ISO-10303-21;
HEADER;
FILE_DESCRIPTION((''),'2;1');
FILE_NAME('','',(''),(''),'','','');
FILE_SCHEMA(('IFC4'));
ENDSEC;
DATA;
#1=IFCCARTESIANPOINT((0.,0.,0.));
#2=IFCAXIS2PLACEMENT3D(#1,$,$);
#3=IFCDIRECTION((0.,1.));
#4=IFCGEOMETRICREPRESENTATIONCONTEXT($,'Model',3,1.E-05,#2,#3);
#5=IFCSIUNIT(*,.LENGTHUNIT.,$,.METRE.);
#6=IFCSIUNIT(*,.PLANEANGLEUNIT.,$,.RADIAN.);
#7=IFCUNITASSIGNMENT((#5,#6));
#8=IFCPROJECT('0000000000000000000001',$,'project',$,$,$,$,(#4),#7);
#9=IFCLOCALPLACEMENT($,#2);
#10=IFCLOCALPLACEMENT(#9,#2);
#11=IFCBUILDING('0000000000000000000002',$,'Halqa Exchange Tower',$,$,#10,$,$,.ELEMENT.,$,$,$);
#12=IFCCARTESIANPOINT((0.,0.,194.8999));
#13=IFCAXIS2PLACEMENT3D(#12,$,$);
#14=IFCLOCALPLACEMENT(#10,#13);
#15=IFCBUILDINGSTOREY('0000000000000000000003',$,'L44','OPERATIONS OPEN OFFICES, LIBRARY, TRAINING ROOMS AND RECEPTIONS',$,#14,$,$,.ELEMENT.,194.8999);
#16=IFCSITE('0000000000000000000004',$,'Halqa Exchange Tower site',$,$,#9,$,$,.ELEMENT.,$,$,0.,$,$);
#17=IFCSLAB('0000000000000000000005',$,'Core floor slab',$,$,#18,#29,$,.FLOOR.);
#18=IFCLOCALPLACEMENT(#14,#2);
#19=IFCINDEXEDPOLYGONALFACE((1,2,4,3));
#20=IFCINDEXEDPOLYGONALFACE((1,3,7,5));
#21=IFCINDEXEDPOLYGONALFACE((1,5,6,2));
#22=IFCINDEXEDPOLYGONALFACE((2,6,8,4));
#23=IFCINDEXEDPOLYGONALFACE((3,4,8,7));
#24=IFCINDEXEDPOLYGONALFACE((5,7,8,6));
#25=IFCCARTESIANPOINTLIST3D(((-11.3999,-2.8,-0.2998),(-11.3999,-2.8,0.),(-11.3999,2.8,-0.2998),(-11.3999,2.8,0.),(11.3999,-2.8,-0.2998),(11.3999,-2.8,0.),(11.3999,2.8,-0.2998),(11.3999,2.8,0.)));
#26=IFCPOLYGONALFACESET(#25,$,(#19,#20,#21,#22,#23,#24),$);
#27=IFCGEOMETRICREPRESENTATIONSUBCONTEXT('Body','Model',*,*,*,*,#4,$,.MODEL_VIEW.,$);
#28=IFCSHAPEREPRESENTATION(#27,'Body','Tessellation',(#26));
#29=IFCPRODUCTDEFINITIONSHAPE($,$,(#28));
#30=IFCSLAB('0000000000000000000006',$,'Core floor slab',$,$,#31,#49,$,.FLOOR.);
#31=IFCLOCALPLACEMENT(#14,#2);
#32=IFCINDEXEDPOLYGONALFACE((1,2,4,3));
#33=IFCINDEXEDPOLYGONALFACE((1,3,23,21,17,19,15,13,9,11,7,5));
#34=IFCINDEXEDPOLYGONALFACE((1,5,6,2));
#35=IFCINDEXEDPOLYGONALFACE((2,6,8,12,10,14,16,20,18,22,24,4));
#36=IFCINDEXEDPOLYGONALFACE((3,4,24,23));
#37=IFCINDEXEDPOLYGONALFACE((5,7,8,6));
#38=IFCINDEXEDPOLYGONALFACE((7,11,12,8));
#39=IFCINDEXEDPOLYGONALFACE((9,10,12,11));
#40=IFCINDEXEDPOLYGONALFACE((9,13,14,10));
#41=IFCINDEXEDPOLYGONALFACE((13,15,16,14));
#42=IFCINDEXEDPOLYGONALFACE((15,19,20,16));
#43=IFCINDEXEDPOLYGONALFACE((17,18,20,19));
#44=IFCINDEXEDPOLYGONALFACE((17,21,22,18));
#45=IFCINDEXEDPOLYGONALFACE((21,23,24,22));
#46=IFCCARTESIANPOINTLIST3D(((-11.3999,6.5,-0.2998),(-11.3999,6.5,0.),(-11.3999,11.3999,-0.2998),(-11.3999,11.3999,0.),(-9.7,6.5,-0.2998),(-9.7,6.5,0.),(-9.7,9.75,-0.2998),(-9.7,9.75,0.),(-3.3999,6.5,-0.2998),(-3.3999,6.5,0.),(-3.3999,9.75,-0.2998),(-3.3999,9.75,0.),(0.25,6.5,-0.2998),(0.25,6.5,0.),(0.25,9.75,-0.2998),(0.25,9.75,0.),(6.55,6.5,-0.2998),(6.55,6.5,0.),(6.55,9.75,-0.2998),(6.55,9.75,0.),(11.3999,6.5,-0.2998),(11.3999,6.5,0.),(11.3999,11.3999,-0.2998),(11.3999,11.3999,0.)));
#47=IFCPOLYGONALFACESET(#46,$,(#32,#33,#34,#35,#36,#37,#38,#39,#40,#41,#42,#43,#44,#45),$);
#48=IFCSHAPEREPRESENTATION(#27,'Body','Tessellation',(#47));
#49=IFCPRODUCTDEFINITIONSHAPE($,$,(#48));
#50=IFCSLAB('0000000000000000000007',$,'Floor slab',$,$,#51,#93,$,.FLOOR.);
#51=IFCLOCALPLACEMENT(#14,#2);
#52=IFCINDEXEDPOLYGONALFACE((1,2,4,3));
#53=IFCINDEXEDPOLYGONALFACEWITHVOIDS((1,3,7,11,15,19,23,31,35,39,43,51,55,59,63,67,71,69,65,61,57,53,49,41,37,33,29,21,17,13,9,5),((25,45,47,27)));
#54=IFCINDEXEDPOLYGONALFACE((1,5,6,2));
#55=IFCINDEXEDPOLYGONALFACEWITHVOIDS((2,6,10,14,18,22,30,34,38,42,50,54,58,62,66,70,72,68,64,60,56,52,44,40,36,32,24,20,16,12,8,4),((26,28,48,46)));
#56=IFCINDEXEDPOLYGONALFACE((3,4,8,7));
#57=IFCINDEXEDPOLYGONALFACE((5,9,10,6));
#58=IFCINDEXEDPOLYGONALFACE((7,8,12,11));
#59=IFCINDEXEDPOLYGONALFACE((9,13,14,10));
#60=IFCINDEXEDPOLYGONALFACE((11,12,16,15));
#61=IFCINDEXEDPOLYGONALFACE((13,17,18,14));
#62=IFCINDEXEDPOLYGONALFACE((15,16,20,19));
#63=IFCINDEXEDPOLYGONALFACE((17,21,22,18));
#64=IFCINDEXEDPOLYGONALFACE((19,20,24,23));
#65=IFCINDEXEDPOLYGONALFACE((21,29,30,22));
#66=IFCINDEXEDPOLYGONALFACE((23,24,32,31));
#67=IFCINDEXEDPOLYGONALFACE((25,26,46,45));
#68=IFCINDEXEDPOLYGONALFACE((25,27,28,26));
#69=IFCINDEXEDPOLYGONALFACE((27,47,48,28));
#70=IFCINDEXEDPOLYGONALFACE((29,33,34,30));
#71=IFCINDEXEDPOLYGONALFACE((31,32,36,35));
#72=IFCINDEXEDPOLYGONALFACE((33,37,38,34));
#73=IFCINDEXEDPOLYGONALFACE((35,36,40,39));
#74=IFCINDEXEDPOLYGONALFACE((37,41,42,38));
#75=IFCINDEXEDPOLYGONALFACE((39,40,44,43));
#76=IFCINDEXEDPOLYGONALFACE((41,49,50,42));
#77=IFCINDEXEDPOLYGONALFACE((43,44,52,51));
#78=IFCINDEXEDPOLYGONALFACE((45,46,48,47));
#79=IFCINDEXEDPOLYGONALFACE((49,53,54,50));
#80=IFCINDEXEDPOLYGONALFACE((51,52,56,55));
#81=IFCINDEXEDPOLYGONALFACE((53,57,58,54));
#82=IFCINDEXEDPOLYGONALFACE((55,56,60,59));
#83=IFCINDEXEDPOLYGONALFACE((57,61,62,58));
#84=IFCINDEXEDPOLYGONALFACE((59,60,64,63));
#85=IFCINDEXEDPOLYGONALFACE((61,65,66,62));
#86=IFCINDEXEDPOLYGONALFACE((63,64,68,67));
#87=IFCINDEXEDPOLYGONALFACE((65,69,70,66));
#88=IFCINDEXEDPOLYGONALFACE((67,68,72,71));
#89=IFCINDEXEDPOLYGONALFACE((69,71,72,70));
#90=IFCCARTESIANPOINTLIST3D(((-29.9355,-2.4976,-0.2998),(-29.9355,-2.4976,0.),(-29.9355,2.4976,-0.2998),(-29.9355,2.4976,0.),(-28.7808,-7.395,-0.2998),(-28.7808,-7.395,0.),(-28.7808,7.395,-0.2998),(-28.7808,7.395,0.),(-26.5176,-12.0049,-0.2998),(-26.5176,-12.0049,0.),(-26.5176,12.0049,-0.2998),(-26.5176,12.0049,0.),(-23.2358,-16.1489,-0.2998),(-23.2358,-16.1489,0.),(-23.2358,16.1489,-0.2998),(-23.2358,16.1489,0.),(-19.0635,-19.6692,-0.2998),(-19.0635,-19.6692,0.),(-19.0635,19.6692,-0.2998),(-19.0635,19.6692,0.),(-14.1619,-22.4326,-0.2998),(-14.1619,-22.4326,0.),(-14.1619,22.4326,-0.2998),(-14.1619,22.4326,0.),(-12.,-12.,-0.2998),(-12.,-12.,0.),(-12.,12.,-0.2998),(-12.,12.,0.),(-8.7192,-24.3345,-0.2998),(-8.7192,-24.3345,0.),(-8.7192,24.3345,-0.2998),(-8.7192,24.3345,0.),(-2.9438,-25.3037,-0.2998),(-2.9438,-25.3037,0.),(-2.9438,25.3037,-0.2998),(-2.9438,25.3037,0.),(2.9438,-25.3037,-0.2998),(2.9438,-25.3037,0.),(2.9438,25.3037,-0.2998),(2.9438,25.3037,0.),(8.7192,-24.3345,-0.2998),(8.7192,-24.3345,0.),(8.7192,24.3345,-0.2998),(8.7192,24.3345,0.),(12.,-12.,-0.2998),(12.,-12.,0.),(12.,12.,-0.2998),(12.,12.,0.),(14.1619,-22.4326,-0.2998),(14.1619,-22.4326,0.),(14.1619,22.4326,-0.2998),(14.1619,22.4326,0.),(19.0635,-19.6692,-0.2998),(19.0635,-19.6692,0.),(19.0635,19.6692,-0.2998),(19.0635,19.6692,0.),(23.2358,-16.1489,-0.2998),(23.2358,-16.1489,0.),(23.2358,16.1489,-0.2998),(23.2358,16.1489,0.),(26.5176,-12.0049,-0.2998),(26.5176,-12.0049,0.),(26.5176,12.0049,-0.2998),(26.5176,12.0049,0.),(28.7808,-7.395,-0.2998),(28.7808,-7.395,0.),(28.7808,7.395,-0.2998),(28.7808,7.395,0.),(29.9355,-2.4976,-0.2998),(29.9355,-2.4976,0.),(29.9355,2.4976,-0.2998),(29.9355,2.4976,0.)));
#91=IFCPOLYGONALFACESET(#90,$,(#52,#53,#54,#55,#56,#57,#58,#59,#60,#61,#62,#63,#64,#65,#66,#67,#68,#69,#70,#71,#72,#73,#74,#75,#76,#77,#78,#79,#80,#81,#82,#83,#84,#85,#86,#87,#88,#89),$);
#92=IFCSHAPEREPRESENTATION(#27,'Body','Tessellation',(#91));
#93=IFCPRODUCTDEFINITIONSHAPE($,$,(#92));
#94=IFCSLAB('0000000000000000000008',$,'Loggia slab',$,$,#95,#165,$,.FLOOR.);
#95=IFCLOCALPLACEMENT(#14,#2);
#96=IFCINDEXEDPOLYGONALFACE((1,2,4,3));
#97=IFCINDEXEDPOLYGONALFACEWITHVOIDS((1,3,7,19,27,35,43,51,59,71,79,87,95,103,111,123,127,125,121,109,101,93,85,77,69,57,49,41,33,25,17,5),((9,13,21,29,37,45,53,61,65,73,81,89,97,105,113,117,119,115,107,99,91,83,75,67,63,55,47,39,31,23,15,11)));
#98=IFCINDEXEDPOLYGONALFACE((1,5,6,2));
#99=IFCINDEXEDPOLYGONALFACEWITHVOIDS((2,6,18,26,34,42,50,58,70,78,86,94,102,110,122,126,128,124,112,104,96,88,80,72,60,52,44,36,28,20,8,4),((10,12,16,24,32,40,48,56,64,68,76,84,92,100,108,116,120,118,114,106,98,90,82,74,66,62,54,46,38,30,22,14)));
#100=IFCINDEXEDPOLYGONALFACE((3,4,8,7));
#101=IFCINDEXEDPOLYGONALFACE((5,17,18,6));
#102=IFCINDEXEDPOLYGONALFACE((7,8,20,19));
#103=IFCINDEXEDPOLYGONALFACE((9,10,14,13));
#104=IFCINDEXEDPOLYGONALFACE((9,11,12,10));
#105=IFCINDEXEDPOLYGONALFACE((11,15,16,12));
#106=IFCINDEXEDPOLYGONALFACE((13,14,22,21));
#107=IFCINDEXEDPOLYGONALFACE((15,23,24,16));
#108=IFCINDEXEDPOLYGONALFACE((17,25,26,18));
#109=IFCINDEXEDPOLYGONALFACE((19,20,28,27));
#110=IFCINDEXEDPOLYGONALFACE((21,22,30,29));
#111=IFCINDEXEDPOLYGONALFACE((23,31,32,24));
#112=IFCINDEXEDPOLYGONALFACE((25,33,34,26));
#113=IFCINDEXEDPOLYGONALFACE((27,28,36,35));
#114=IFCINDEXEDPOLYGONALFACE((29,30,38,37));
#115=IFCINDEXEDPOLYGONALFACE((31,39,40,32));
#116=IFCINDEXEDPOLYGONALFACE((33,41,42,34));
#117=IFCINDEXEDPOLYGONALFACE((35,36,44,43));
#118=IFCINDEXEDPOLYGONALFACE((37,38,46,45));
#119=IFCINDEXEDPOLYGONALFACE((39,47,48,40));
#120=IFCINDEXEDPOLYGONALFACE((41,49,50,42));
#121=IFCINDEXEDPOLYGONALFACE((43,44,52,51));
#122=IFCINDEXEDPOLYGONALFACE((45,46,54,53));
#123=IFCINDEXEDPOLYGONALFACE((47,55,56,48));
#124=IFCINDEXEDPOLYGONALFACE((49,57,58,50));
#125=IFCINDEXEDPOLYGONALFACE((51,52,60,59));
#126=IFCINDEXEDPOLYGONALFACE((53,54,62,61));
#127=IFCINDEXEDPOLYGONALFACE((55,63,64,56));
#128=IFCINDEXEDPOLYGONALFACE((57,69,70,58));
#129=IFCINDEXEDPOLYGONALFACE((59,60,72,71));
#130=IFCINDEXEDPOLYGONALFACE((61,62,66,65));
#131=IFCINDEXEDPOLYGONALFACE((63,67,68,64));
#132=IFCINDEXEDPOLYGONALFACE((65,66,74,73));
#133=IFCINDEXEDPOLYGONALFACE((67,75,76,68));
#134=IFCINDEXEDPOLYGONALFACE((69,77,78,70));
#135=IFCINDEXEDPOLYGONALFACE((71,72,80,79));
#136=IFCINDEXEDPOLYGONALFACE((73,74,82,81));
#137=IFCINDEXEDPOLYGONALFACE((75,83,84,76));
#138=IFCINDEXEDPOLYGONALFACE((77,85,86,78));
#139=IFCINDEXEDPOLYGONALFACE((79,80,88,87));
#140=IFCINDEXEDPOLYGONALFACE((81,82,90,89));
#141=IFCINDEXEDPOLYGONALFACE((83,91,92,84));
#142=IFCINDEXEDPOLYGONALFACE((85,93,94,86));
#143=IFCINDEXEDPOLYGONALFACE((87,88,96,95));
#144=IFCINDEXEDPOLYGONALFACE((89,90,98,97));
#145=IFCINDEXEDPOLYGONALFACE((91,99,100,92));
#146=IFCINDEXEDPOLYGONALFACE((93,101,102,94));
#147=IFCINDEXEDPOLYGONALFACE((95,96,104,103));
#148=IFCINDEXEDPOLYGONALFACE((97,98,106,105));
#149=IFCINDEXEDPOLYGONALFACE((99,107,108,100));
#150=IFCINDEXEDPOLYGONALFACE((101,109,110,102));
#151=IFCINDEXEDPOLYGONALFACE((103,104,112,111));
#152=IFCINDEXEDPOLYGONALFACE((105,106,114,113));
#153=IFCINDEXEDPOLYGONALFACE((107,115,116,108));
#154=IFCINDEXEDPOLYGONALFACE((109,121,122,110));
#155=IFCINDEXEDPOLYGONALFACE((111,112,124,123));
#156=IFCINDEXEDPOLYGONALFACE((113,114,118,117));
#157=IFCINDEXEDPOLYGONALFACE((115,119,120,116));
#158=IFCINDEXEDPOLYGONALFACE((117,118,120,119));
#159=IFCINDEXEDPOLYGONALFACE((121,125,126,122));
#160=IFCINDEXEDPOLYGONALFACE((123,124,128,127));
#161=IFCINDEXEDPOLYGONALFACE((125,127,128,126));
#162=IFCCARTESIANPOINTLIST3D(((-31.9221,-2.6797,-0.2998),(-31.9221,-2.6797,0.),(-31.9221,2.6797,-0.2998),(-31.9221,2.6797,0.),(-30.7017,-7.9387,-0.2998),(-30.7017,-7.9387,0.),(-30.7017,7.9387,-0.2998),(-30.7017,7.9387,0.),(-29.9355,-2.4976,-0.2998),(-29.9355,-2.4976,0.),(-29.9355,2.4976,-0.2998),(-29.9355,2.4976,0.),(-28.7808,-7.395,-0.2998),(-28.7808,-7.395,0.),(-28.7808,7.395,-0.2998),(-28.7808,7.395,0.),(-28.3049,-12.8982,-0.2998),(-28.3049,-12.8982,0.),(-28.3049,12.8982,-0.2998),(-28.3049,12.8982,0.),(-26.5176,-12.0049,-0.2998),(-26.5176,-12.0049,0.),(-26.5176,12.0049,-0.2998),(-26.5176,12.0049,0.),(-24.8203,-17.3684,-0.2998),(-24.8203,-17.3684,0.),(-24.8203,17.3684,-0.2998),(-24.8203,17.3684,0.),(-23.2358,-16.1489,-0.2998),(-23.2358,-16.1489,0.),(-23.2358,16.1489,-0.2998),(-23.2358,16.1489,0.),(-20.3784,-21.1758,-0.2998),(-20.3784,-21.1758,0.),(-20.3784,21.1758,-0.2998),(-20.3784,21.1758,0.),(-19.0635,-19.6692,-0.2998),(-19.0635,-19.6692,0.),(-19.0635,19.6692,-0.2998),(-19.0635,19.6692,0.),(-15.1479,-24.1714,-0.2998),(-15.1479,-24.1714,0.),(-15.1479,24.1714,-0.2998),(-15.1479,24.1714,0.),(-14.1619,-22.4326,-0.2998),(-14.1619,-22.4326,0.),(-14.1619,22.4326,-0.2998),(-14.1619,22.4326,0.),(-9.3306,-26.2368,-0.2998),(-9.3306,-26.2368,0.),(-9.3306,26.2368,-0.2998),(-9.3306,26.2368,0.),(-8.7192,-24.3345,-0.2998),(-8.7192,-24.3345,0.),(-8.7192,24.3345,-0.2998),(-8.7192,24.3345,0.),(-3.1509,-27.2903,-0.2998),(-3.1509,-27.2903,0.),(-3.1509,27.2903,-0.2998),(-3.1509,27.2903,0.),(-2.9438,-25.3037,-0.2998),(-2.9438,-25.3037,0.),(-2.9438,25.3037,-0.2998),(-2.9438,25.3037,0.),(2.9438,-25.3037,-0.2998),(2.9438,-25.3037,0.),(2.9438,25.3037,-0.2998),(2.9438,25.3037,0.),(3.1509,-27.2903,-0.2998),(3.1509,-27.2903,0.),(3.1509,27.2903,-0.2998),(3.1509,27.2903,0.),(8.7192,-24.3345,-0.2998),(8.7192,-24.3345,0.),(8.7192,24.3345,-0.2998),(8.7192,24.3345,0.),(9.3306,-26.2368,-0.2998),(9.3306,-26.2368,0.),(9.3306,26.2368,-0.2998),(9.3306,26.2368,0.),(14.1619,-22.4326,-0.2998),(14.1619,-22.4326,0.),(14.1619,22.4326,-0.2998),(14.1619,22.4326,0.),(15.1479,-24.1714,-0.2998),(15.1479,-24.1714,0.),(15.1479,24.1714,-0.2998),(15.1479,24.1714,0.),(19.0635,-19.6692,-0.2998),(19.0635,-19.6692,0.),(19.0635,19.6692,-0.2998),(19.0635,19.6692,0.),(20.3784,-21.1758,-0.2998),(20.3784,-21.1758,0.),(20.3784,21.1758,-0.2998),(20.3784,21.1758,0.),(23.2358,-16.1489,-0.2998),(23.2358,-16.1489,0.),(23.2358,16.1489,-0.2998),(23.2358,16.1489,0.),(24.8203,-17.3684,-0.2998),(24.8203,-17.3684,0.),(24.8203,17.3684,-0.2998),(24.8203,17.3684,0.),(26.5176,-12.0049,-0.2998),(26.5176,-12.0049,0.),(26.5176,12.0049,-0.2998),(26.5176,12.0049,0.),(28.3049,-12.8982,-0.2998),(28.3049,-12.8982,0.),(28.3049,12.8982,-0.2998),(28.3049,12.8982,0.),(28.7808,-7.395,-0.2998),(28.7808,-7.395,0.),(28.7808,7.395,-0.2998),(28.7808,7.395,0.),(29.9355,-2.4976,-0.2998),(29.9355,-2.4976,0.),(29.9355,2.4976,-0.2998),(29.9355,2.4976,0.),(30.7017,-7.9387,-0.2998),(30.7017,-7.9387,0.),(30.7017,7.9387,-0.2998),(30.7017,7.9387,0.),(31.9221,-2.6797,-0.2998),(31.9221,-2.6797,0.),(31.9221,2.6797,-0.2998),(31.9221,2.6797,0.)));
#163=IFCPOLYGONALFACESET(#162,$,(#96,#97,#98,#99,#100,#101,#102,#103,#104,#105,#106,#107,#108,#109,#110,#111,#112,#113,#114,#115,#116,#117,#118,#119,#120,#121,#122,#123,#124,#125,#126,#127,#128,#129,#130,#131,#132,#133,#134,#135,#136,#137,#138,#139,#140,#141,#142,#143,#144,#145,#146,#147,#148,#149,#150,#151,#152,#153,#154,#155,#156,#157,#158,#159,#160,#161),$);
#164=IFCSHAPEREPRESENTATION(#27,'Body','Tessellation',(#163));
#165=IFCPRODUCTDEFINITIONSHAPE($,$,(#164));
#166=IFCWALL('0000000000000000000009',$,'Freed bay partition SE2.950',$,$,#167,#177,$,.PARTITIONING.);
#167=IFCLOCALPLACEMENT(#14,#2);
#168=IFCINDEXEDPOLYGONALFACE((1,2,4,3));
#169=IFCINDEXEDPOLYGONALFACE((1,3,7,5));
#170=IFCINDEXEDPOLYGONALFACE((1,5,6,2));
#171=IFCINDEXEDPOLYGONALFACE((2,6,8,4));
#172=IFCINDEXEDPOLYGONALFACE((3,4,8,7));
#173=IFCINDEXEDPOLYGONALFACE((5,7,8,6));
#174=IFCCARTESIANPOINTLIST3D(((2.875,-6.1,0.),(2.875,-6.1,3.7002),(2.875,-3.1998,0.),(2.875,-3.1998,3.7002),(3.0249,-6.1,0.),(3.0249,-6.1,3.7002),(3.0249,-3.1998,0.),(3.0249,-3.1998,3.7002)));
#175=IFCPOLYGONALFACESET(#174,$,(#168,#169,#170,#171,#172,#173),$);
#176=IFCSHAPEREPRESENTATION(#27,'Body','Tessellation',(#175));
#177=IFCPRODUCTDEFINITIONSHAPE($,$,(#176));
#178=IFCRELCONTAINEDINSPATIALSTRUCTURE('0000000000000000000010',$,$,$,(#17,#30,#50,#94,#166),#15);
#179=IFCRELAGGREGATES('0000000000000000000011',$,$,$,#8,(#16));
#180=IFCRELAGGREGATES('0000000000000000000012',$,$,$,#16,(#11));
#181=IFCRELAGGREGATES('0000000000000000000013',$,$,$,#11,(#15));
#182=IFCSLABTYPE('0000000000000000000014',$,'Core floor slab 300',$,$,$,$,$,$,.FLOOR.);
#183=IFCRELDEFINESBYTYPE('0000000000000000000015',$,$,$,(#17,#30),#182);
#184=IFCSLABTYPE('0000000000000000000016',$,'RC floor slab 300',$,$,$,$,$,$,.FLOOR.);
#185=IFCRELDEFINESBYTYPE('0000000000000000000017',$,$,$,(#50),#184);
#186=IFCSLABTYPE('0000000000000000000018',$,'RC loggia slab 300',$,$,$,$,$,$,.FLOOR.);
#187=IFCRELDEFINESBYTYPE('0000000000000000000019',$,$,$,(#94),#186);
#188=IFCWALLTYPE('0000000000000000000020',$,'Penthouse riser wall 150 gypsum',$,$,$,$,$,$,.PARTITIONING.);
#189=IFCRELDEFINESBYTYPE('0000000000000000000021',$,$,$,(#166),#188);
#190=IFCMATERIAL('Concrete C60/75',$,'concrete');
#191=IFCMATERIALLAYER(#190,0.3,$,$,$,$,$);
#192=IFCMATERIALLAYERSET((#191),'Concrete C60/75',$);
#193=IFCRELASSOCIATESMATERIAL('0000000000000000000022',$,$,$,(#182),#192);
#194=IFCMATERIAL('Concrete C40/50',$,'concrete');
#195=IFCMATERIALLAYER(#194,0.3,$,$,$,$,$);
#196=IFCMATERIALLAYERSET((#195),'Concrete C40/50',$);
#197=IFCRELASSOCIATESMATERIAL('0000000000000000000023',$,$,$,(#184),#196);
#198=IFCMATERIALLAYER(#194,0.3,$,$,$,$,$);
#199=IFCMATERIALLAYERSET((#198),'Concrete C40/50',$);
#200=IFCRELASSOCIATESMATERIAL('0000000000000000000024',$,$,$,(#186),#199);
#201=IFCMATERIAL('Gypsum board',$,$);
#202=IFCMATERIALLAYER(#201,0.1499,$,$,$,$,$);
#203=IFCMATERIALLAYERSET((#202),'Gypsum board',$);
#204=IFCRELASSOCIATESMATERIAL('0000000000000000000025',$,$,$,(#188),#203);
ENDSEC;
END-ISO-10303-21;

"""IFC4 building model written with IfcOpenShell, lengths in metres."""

from ifc_helpers import new_model, si_unit, direction, frame, frame_2d, origin, place, context, subcontext, project, spatial, polyline, rectangle, outline, extrude, material, layer, layer_set, type_object, element, save


model = new_model("IFC4")

# Units and contexts
model_context = context("Model", 3, precision=1e-05, world=origin(), true_north=direction((0.0, 1.0)))
body_context = subcontext(model_context, "Body", "Model", "MODEL_VIEW")
ifc_project = project(units=[si_unit("LENGTHUNIT", "METRE"), si_unit("PLANEANGLEUNIT", "RADIAN")], contexts=[model_context])

# Site, building, storey
site_placement = place(None, origin())
site = spatial("IfcSite", under=ifc_project, at=site_placement, Name="Halqa Exchange Tower site", CompositionType="ELEMENT", RefElevation=0.0)
building_placement = place(site_placement, origin())
building = spatial("IfcBuilding", under=site, at=building_placement, Name="Halqa Exchange Tower", CompositionType="ELEMENT")
storey_placement = place(building_placement, frame((0.0, 0.0, 194.8999)))
storey = spatial("IfcBuildingStorey", under=building, at=storey_placement, Name="L44", Description="OPERATIONS OPEN OFFICES, LIBRARY, TRAINING ROOMS AND RECEPTIONS", CompositionType="ELEMENT", Elevation=194.8999)

# Slabs
ifc_material_1 = material(Name="Concrete C60/75", Category="concrete")
ifc_layer_1 = layer(ifc_material_1, 0.3)
ifc_layer_set_1 = layer_set([ifc_layer_1], Name="Concrete C60/75")
slab_type_1 = type_object("IfcSlabType", Name="Core floor slab 300", PredefinedType="FLOOR", material=ifc_layer_set_1)
slab_1_placement = place(storey_placement, frame((0.0, 0.0, -0.2998)))
element("IfcSlab", 1, at=slab_1_placement, inside=storey, type_object=slab_type_1, Name="Core floor slab", PredefinedType="FLOOR", context=body_context, shape_type="SweptSolid", body=[
    extrude(outline(polyline([(-11.3999, 2.8), (11.3999, 2.8), (11.3999, -2.8), (-11.3999, -2.8), (-11.3999, 2.8)])), origin(), (0.0, 0.0, 1.0), 0.2998),
])
slab_2_placement = place(storey_placement, frame((0.0, 0.0, -0.2998)))
element("IfcSlab", 2, at=slab_2_placement, inside=storey, type_object=slab_type_1, Name="Core floor slab", PredefinedType="FLOOR", context=body_context, shape_type="SweptSolid", body=[
    extrude(outline(polyline([(-11.3999, 11.3999), (11.3999, 11.3999), (11.3999, 6.5), (6.55, 6.5), (6.55, 9.75), (0.25, 9.75), (0.25, 6.5), (-3.3999, 6.5), (-3.3999, 9.75), (-9.7, 9.75), (-9.7, 6.5), (-11.3999, 6.5), (-11.3999, 11.3999)])), origin(), (0.0, 0.0, 1.0), 0.2998),
])
ifc_material_2 = material(Name="Concrete C40/50", Category="concrete")
ifc_layer_2 = layer(ifc_material_2, 0.3)
ifc_layer_set_2 = layer_set([ifc_layer_2], Name="Concrete C40/50")
slab_type_2 = type_object("IfcSlabType", Name="RC floor slab 300", PredefinedType="FLOOR", material=ifc_layer_set_2)
slab_3_placement = place(storey_placement, frame((0.0, 0.0, -0.2998)))
element("IfcSlab", 3, at=slab_3_placement, inside=storey, type_object=slab_type_2, Name="Floor slab", PredefinedType="FLOOR", context=body_context, shape_type="SweptSolid", body=[
    extrude(outline(polyline([(29.9355, 2.4976), (28.7808, 7.395), (26.5176, 12.0049), (23.2358, 16.1489), (19.0635, 19.6692), (14.1619, 22.4326), (8.7192, 24.3345), (2.9438, 25.3037), (-2.9438, 25.3037), (-8.7192, 24.3345), (-14.1619, 22.4326), (-19.0635, 19.6692), (-23.2358, 16.1489), (-26.5176, 12.0049), (-28.7808, 7.395), (-29.9355, 2.4976), (-29.9355, -2.4976), (-28.7808, -7.395), (-26.5176, -12.0049), (-23.2358, -16.1489), (-19.0635, -19.6692), (-14.1619, -22.4326), (-8.7192, -24.3345), (-2.9438, -25.3037), (2.9438, -25.3037), (8.7192, -24.3345), (14.1619, -22.4326), (19.0635, -19.6692), (23.2358, -16.1489), (26.5176, -12.0049), (28.7808, -7.395), (29.9355, -2.4976), (29.9355, 2.4976)]), holes=[polyline([(-12.0, -12.0), (12.0, -12.0), (12.0, 12.0), (-12.0, 12.0), (-12.0, -12.0)])]), origin(), (0.0, 0.0, 1.0), 0.2998),
])
ifc_layer_3 = layer(ifc_material_2, 0.3)
ifc_layer_set_3 = layer_set([ifc_layer_3], Name="Concrete C40/50")
slab_type_3 = type_object("IfcSlabType", Name="RC loggia slab 300", PredefinedType="FLOOR", material=ifc_layer_set_3)
slab_4_placement = place(storey_placement, frame((0.0, 0.0, -0.2998)))
element("IfcSlab", 4, at=slab_4_placement, inside=storey, type_object=slab_type_3, Name="Loggia slab", PredefinedType="FLOOR", context=body_context, shape_type="SweptSolid", body=[
    extrude(outline(polyline([(31.9221, 2.6797), (31.9221, -2.6797), (30.7017, -7.9387), (28.3049, -12.8982), (24.8203, -17.3684), (20.3784, -21.1758), (15.1479, -24.1714), (9.3306, -26.2368), (3.1509, -27.2903), (-3.1509, -27.2903), (-9.3306, -26.2368), (-15.1479, -24.1714), (-20.3784, -21.1758), (-24.8203, -17.3684), (-28.3049, -12.8982), (-30.7017, -7.9387), (-31.9221, -2.6797), (-31.9221, 2.6797), (-30.7017, 7.9387), (-28.3049, 12.8982), (-24.8203, 17.3684), (-20.3784, 21.1758), (-15.1479, 24.1714), (-9.3306, 26.2368), (-3.1509, 27.2903), (3.1509, 27.2903), (9.3306, 26.2368), (15.1479, 24.1714), (20.3784, 21.1758), (24.8203, 17.3684), (28.3049, 12.8982), (30.7017, 7.9387), (31.9221, 2.6797)]), holes=[polyline([(29.9355, 2.4976), (28.7808, 7.395), (26.5176, 12.0049), (23.2358, 16.1489), (19.0635, 19.6692), (14.1619, 22.4326), (8.7192, 24.3345), (2.9438, 25.3037), (-2.9438, 25.3037), (-8.7192, 24.3345), (-14.1619, 22.4326), (-19.0635, 19.6692), (-23.2358, 16.1489), (-26.5176, 12.0049), (-28.7808, 7.395), (-29.9355, 2.4976), (-29.9355, -2.4976), (-28.7808, -7.395), (-26.5176, -12.0049), (-23.2358, -16.1489), (-19.0635, -19.6692), (-14.1619, -22.4326), (-8.7192, -24.3345), (-2.9438, -25.3037), (2.9438, -25.3037), (8.7192, -24.3345), (14.1619, -22.4326), (19.0635, -19.6692), (23.2358, -16.1489), (26.5176, -12.0049), (28.7808, -7.395), (29.9355, -2.4976), (29.9355, 2.4976)])]), origin(), (0.0, 0.0, 1.0), 0.2998),
])

# Wall
ifc_material_3 = material(Name="Gypsum board")
ifc_layer_4 = layer(ifc_material_3, 0.1499)
ifc_layer_set_4 = layer_set([ifc_layer_4], Name="Gypsum board")
wall_type_1 = type_object("IfcWallType", Name="Penthouse riser wall 150 gypsum", PredefinedType="PARTITIONING", material=ifc_layer_set_4)
wall_1_placement = place(storey_placement, frame((2.95, -6.1001, 0.0), z_axis=(0.0, 0.0, 1.0), x_axis=(0.0, 1.0, 0.0)))
element("IfcWall", 5, at=wall_1_placement, inside=storey, type_object=wall_type_1, Name="Freed bay partition SE2.950", PredefinedType="PARTITIONING", context=body_context, shape_type="SweptSolid", body=[
    extrude(rectangle(XDim=2.9001, YDim=0.1499, at=frame_2d((1.4502, 0.0))), origin(), (0.0, 0.0, 1.0), 3.7002),
])

save(model, "model.ifc")
